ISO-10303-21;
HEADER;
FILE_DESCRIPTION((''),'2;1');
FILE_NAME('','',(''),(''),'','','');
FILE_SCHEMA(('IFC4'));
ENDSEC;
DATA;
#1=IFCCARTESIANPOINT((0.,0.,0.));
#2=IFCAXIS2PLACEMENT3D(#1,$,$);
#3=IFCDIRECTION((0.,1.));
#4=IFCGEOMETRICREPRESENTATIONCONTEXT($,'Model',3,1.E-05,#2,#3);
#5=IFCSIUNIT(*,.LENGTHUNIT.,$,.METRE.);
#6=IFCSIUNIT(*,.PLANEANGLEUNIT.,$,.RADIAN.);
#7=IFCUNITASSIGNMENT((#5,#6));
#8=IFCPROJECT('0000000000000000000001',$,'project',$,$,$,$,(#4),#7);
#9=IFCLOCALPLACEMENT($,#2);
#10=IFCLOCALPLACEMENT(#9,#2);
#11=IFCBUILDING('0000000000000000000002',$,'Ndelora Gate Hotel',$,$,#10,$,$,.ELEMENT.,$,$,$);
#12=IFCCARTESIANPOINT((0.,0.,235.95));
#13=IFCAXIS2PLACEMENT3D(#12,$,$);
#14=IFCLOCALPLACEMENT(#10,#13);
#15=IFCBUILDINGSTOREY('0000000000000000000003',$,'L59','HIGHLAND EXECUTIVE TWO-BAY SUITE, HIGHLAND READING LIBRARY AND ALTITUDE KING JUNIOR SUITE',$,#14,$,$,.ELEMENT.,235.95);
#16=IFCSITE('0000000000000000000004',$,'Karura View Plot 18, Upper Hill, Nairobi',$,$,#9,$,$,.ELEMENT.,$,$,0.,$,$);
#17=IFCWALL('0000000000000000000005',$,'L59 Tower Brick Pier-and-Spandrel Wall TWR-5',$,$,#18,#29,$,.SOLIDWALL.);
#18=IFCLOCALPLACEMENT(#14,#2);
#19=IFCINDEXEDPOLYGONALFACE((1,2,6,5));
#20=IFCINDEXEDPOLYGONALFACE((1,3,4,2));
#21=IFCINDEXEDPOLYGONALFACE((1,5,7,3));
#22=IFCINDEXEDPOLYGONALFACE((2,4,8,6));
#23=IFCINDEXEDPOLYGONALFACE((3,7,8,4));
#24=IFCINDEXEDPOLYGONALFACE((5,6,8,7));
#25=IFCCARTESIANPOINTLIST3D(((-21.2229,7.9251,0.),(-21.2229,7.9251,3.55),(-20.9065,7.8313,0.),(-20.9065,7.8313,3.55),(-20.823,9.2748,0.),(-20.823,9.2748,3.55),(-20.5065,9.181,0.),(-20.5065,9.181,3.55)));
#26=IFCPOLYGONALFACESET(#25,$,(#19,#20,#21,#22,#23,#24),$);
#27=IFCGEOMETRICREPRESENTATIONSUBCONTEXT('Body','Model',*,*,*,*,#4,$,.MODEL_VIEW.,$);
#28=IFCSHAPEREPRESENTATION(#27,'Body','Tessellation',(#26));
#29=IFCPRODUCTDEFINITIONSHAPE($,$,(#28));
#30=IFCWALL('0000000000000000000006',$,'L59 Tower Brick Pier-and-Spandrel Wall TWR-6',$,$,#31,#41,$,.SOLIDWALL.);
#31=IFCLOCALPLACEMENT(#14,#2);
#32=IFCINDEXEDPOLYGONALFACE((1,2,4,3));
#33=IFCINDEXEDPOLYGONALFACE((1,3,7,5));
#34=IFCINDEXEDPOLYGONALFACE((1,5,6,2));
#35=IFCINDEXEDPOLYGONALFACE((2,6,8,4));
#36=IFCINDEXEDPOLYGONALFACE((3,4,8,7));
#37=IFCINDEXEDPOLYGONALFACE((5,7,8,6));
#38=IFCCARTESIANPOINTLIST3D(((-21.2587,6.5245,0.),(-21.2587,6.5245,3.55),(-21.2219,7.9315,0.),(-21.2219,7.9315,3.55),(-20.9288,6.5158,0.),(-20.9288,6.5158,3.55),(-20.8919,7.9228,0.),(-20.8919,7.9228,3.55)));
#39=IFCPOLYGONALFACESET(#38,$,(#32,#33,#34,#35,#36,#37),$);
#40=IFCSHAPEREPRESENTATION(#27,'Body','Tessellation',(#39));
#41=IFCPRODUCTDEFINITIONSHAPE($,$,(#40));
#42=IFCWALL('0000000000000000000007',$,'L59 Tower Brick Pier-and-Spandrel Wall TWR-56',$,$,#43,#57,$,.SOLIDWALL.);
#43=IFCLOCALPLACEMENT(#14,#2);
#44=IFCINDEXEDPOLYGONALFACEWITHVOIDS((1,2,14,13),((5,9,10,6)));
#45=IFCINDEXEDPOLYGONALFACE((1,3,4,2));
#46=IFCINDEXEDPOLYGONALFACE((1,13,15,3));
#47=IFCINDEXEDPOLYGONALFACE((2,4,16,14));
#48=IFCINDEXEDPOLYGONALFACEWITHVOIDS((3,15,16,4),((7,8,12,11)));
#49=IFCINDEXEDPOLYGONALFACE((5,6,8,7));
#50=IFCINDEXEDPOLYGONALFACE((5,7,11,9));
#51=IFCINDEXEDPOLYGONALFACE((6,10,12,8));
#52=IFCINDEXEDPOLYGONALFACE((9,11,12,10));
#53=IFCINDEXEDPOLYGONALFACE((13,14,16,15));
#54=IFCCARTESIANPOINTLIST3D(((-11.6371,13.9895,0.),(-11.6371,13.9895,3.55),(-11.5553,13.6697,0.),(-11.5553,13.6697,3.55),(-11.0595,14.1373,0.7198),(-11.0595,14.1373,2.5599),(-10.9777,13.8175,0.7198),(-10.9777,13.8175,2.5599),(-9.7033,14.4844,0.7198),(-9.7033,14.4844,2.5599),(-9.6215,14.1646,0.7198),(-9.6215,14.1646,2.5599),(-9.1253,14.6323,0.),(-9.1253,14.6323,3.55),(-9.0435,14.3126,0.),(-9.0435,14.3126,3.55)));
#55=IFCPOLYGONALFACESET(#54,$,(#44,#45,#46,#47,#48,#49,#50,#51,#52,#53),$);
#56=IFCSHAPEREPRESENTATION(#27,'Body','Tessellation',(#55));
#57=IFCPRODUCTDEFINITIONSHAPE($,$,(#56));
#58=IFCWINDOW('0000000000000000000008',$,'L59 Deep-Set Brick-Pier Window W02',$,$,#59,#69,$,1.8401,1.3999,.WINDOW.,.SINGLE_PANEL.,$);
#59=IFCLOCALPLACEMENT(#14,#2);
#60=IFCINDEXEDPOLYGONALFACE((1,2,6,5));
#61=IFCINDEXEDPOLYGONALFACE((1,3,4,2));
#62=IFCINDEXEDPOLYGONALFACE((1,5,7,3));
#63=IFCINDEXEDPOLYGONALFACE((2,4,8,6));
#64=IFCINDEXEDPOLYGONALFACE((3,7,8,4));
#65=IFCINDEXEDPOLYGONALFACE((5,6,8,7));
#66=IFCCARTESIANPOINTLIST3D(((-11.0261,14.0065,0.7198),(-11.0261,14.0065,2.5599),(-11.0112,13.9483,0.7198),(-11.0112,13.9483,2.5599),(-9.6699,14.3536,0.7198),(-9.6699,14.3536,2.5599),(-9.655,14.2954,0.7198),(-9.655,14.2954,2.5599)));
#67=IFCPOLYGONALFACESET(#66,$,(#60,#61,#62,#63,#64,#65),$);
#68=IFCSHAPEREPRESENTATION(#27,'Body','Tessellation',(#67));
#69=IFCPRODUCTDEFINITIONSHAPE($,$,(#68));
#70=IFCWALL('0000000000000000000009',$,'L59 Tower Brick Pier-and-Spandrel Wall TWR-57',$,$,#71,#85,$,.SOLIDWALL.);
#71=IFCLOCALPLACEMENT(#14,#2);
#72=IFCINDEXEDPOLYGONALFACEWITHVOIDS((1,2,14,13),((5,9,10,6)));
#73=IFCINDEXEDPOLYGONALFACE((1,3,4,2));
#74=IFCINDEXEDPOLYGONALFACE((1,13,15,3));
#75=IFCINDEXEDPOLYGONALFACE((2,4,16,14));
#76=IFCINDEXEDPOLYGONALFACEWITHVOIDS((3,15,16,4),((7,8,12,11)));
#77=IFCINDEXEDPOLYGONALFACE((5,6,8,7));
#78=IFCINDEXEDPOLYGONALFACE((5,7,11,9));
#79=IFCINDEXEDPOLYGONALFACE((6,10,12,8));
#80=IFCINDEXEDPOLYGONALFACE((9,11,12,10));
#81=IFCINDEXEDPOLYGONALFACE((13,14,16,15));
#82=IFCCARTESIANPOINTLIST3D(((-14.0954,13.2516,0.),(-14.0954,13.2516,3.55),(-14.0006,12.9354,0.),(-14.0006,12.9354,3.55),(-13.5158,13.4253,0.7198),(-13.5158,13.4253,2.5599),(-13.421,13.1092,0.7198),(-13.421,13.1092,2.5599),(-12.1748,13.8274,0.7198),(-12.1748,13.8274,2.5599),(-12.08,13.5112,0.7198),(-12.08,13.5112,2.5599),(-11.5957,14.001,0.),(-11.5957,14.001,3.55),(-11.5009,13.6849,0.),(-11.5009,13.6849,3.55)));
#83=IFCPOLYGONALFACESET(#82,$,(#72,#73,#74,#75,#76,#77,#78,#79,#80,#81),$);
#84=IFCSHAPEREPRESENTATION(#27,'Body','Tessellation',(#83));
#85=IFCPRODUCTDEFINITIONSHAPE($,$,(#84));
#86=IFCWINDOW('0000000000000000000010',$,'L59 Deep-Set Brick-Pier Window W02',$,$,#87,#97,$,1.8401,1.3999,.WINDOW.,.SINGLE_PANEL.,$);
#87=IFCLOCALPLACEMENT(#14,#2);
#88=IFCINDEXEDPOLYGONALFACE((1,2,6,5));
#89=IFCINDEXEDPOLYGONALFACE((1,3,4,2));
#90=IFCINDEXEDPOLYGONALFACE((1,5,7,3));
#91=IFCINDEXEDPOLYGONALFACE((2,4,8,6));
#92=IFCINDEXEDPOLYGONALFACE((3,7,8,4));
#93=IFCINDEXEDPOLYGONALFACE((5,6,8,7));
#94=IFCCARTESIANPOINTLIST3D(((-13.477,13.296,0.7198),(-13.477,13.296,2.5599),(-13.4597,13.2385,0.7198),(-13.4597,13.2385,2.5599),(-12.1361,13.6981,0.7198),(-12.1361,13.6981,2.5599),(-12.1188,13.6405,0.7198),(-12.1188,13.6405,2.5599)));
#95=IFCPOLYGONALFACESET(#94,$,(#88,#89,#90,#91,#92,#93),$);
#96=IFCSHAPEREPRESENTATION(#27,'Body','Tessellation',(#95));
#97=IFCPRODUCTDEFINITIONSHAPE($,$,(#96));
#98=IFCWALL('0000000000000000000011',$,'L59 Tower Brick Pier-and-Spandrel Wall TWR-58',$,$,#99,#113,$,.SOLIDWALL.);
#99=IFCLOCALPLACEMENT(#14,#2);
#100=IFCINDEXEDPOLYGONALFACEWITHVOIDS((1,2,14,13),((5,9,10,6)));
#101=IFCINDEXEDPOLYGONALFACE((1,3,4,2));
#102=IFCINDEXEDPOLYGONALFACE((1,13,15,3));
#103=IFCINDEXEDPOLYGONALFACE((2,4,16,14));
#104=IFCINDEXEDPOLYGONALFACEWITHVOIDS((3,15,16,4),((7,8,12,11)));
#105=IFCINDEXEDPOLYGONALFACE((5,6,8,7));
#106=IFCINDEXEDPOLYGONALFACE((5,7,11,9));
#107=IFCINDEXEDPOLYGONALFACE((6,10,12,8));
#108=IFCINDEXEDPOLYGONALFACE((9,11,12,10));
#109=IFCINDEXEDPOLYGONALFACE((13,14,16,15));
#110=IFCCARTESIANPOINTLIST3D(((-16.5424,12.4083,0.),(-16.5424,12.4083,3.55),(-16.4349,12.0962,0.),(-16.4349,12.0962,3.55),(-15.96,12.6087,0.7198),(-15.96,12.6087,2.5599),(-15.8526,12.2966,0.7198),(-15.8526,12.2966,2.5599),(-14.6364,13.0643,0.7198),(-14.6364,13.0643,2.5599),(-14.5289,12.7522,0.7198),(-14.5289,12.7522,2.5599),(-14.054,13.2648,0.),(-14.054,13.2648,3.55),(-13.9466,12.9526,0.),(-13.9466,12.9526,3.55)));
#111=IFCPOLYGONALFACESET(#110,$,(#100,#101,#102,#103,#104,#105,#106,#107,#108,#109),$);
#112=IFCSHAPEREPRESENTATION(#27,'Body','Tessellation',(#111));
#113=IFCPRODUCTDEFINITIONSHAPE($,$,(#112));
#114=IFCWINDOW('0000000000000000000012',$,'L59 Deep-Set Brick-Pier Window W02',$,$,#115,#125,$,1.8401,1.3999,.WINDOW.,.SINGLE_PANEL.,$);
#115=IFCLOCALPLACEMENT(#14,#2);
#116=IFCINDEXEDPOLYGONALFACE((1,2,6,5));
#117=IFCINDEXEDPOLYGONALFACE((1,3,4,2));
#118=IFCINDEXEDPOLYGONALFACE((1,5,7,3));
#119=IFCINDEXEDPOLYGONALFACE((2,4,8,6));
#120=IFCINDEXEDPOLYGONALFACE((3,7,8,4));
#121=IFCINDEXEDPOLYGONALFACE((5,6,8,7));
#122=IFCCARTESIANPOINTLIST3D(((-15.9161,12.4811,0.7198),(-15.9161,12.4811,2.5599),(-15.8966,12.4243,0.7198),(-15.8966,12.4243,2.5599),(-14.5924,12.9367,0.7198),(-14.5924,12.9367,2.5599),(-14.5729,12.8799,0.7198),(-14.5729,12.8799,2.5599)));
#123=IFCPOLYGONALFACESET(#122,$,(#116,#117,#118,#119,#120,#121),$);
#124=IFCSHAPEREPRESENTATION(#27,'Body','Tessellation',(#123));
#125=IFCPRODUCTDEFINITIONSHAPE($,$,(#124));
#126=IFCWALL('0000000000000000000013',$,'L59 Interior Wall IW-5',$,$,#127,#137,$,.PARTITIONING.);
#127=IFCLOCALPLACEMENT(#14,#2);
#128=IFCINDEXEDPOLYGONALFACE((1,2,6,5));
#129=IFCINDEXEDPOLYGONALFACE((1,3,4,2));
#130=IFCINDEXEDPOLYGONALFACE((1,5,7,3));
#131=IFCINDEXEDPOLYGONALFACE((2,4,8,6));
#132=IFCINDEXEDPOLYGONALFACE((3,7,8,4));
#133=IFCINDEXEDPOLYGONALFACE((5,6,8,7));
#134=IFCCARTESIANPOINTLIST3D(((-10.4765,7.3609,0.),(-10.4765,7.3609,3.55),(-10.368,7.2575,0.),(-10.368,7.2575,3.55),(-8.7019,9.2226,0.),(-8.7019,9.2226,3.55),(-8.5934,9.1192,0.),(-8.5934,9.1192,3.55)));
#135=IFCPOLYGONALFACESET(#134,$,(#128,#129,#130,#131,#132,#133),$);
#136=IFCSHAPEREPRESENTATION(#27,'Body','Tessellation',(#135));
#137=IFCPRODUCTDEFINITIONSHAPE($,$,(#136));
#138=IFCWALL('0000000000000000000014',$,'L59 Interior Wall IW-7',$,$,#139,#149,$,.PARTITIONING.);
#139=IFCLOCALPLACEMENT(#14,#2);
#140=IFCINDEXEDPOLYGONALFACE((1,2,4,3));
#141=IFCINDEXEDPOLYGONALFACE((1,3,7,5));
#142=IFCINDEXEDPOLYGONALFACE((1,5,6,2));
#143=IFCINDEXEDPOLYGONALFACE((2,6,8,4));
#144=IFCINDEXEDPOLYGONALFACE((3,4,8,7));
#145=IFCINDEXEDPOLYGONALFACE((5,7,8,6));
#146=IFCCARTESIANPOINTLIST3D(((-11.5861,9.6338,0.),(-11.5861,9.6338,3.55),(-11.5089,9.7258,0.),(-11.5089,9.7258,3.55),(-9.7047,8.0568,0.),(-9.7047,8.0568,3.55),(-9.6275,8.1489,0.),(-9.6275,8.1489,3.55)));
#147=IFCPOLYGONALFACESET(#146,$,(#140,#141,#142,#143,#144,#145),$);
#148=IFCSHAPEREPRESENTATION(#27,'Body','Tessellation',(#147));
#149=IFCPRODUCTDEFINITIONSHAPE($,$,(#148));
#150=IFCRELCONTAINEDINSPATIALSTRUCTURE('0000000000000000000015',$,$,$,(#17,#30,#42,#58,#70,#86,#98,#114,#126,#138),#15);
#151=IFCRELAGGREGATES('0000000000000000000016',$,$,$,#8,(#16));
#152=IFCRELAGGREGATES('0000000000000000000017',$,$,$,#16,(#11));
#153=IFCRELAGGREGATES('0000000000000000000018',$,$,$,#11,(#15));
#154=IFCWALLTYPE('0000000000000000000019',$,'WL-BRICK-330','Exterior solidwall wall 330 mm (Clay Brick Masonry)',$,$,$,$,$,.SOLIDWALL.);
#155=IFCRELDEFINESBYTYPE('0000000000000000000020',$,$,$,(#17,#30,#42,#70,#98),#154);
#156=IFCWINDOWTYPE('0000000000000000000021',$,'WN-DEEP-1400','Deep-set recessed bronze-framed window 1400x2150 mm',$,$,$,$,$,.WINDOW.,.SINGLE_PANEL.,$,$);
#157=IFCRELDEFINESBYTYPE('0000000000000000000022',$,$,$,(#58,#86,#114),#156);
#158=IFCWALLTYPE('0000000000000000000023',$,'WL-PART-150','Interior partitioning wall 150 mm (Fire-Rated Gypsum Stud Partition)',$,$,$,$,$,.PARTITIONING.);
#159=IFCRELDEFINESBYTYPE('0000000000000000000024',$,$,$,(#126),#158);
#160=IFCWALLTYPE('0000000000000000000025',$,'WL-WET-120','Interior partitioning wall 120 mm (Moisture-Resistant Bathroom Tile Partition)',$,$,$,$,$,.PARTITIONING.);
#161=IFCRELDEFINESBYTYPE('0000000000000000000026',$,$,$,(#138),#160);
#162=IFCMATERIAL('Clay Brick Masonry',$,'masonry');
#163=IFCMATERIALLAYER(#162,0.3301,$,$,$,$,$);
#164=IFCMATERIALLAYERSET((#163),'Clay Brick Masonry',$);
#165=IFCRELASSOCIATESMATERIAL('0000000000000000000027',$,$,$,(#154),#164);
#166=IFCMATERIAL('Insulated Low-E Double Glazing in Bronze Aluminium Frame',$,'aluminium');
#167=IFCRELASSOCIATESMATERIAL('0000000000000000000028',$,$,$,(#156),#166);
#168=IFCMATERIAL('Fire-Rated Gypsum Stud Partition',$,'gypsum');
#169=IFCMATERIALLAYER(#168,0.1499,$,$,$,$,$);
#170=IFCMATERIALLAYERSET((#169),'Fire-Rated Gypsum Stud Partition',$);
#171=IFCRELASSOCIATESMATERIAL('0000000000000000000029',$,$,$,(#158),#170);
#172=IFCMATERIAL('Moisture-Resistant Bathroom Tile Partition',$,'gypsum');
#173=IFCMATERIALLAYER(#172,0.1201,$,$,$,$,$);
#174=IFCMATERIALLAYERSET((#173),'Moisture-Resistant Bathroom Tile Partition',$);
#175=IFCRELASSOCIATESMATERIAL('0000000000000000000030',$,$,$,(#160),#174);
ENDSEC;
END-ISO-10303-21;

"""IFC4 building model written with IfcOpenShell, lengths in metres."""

from ifc_helpers import new_model, si_unit, direction, frame, frame_2d, origin, place, context, subcontext, project, spatial, rectangle, extrude, material, layer, layer_set, type_object, element, fill, save


model = new_model("IFC4")

# Units and contexts
model_context = context("Model", 3, precision=1e-05, world=origin(), true_north=direction((0.0, 1.0)))
body_context = subcontext(model_context, "Body", "Model", "MODEL_VIEW")
ifc_project = project(units=[si_unit("LENGTHUNIT", "METRE"), si_unit("PLANEANGLEUNIT", "RADIAN")], contexts=[model_context])

# Site, building, storey
site_placement = place(None, origin())
site = spatial("IfcSite", under=ifc_project, at=site_placement, Name="Karura View Plot 18, Upper Hill, Nairobi", CompositionType="ELEMENT", RefElevation=0.0)
building_placement = place(site_placement, origin())
building = spatial("IfcBuilding", under=site, at=building_placement, Name="Ndelora Gate Hotel", CompositionType="ELEMENT")
storey_placement = place(building_placement, frame((0.0, 0.0, 235.95)))
storey = spatial("IfcBuildingStorey", under=building, at=storey_placement, Name="L59", Description="HIGHLAND EXECUTIVE TWO-BAY SUITE, HIGHLAND READING LIBRARY AND ALTITUDE KING JUNIOR SUITE", CompositionType="ELEMENT", Elevation=235.95)

# Walls
ifc_material_1 = material(Name="Clay Brick Masonry", Category="masonry")
ifc_layer_1 = layer(ifc_material_1, 0.3301)
ifc_layer_set_1 = layer_set([ifc_layer_1], Name="Clay Brick Masonry")
wall_type_1 = type_object("IfcWallType", Name="WL-BRICK-330", Description="Exterior solidwall wall 330 mm (Clay Brick Masonry)", PredefinedType="SOLIDWALL", material=ifc_layer_set_1)
wall_1_placement = place(storey_placement, frame((-21.0647, 7.8782, 0.0), z_axis=(0.0, 0.0, 1.0), x_axis=(0.2841, 0.958795, 0.0)))
element("IfcWall", 1, at=wall_1_placement, inside=storey, type_object=wall_type_1, Name="L59 Tower Brick Pier-and-Spandrel Wall TWR-5", PredefinedType="SOLIDWALL", context=body_context, shape_type="SweptSolid", body=[
    extrude(rectangle(XDim=1.4077, YDim=0.3301, at=frame_2d((0.7039, 0.0))), origin(), (0.0, 0.0, 1.0), 3.55),
])
wall_2_placement = place(storey_placement, frame((-21.0938, 6.5203, 0.0), z_axis=(0.0, 0.0, 1.0), x_axis=(0.026193, 0.999657, 0.0)))
element("IfcWall", 2, at=wall_2_placement, inside=storey, type_object=wall_type_1, Name="L59 Tower Brick Pier-and-Spandrel Wall TWR-6", PredefinedType="SOLIDWALL", context=body_context, shape_type="SweptSolid", body=[
    extrude(rectangle(XDim=1.4075, YDim=0.3301, at=frame_2d((0.7036, 0.0))), origin(), (0.0, 0.0, 1.0), 3.55),
])

# Walls, openings, windows
wall_3_placement = place(storey_placement, frame((-11.5962, 13.8296, 0.0), z_axis=(0.0, 0.0, 1.0), x_axis=(0.968776, 0.247938, 0.0)))
wall_3 = element("IfcWall", 3, at=wall_3_placement, inside=storey, type_object=wall_type_1, Name="L59 Tower Brick Pier-and-Spandrel Wall TWR-56", PredefinedType="SOLIDWALL", context=body_context, shape_type="SweptSolid", body=[
    extrude(rectangle(XDim=2.5928, YDim=0.3301, at=frame_2d((1.2964, 0.0))), origin(), (0.0, 0.0, 1.0), 3.55),
])
opening_1_placement = place(wall_3_placement, frame((0.5962, 0.0, 0.72)))
opening_1 = element("IfcOpeningElement", 4, at=opening_1_placement, cuts=wall_3, PredefinedType="OPENING", context=body_context, shape_type="SweptSolid", body=[
    extrude(rectangle(XDim=1.3999, YDim=1.8401, at=frame_2d((0.7, 0.9199))), frame((0.0, 0.175, 0.0), z_axis=(0.0, -1.0, 0.0), x_axis=(1.0, 0.0, 0.0)), (0.0, 0.0, 1.0), 0.3501),
])
ifc_material_2 = material(Name="Insulated Low-E Double Glazing in Bronze Aluminium Frame", Category="aluminium")
window_type = type_object("IfcWindowType", Name="WN-DEEP-1400", Description="Deep-set recessed bronze-framed window 1400x2150 mm", PartitioningType="SINGLE_PANEL", PredefinedType="WINDOW", material=ifc_material_2)
window_1_placement = place(opening_1_placement, origin())
window_1 = element("IfcWindow", 5, at=window_1_placement, inside=storey, type_object=window_type, Name="L59 Deep-Set Brick-Pier Window W02", OverallHeight=1.8401, OverallWidth=1.3999, PartitioningType="SINGLE_PANEL", PredefinedType="WINDOW", context=body_context, shape_type="SweptSolid", body=[
    extrude(rectangle(XDim=1.3999, YDim=1.8401, at=frame_2d((0.7, 0.9199))), frame((0.0, 0.03, 0.0), z_axis=(0.0, -1.0, 0.0), x_axis=(1.0, 0.0, 0.0)), (0.0, 0.0, 1.0), 0.0601),
])
fill(opening_1, window_1)
wall_4_placement = place(storey_placement, frame((-14.0479, 13.0935, 0.0), z_axis=(0.0, 0.0, 1.0), x_axis=(0.95787, 0.287202, 0.0)))
wall_4 = element("IfcWall", 6, at=wall_4_placement, inside=storey, type_object=wall_type_1, Name="L59 Tower Brick Pier-and-Spandrel Wall TWR-57", PredefinedType="SOLIDWALL", context=body_context, shape_type="SweptSolid", body=[
    extrude(rectangle(XDim=2.6096, YDim=0.3301, at=frame_2d((1.3047, 0.0))), origin(), (0.0, 0.0, 1.0), 3.55),
])
opening_2_placement = place(wall_4_placement, frame((0.605, 0.0, 0.72)))
opening_2 = element("IfcOpeningElement", 7, at=opening_2_placement, cuts=wall_4, PredefinedType="OPENING", context=body_context, shape_type="SweptSolid", body=[
    extrude(rectangle(XDim=1.3999, YDim=1.8401, at=frame_2d((0.7, 0.9199))), frame((0.0, 0.175, 0.0), z_axis=(0.0, -1.0, 0.0), x_axis=(1.0, 0.0, 0.0)), (0.0, 0.0, 1.0), 0.3501),
])
window_2_placement = place(opening_2_placement, origin())
window_2 = element("IfcWindow", 8, at=window_2_placement, inside=storey, type_object=window_type, Name="L59 Deep-Set Brick-Pier Window W02", OverallHeight=1.8401, OverallWidth=1.3999, PartitioningType="SINGLE_PANEL", PredefinedType="WINDOW", context=body_context, shape_type="SweptSolid", body=[
    extrude(rectangle(XDim=1.3999, YDim=1.8401, at=frame_2d((0.7, 0.9199))), frame((0.0, 0.03, 0.0), z_axis=(0.0, -1.0, 0.0), x_axis=(1.0, 0.0, 0.0)), (0.0, 0.0, 1.0), 0.0601),
])
fill(opening_2, window_2)
wall_5_placement = place(storey_placement, frame((-16.4888, 12.2522, 0.0), z_axis=(0.0, 0.0, 1.0), x_axis=(0.945558, 0.325453, 0.0)))
wall_5 = element("IfcWall", 9, at=wall_5_placement, inside=storey, type_object=wall_type_1, Name="L59 Tower Brick Pier-and-Spandrel Wall TWR-58", PredefinedType="SOLIDWALL", context=body_context, shape_type="SweptSolid", body=[
    extrude(rectangle(XDim=2.6316, YDim=0.3301, at=frame_2d((1.3159, 0.0))), origin(), (0.0, 0.0, 1.0), 3.55),
])
opening_3_placement = place(wall_5_placement, frame((0.616, 0.0, 0.72)))
opening_3 = element("IfcOpeningElement", 10, at=opening_3_placement, cuts=wall_5, PredefinedType="OPENING", context=body_context, shape_type="SweptSolid", body=[
    extrude(rectangle(XDim=1.3999, YDim=1.8401, at=frame_2d((0.7, 0.9199))), frame((0.0, 0.175, 0.0), z_axis=(0.0, -1.0, 0.0), x_axis=(1.0, 0.0, 0.0)), (0.0, 0.0, 1.0), 0.3501),
])
window_3_placement = place(opening_3_placement, origin())
window_3 = element("IfcWindow", 11, at=window_3_placement, inside=storey, type_object=window_type, Name="L59 Deep-Set Brick-Pier Window W02", OverallHeight=1.8401, OverallWidth=1.3999, PartitioningType="SINGLE_PANEL", PredefinedType="WINDOW", context=body_context, shape_type="SweptSolid", body=[
    extrude(rectangle(XDim=1.3999, YDim=1.8401, at=frame_2d((0.7, 0.9199))), frame((0.0, 0.03, 0.0), z_axis=(0.0, -1.0, 0.0), x_axis=(1.0, 0.0, 0.0)), (0.0, 0.0, 1.0), 0.0601),
])
fill(opening_3, window_3)

# Walls
ifc_material_3 = material(Name="Fire-Rated Gypsum Stud Partition", Category="gypsum")
ifc_layer_2 = layer(ifc_material_3, 0.1499)
ifc_layer_set_2 = layer_set([ifc_layer_2], Name="Fire-Rated Gypsum Stud Partition")
wall_type_2 = type_object("IfcWallType", Name="WL-PART-150", Description="Interior partitioning wall 150 mm (Fire-Rated Gypsum Stud Partition)", PredefinedType="PARTITIONING", material=ifc_layer_set_2)
wall_6_placement = place(storey_placement, frame((-10.4224, 7.3091, 0.0), z_axis=(0.0, 0.0, 1.0), x_axis=(0.689961, 0.723847, 0.0)))
element("IfcWall", 12, at=wall_6_placement, inside=storey, type_object=wall_type_2, Name="L59 Interior Wall IW-5", PredefinedType="PARTITIONING", context=body_context, shape_type="SweptSolid", body=[
    extrude(rectangle(XDim=2.572, YDim=0.1499, at=frame_2d((1.2861, 0.0))), origin(), (0.0, 0.0, 1.0), 3.55),
])
ifc_material_4 = material(Name="Moisture-Resistant Bathroom Tile Partition", Category="gypsum")
ifc_layer_3 = layer(ifc_material_4, 0.1201)
ifc_layer_set_3 = layer_set([ifc_layer_3], Name="Moisture-Resistant Bathroom Tile Partition")
wall_type_3 = type_object("IfcWallType", Name="WL-WET-120", Description="Interior partitioning wall 120 mm (Moisture-Resistant Bathroom Tile Partition)", PredefinedType="PARTITIONING", material=ifc_layer_set_3)
wall_7_placement = place(storey_placement, frame((-9.666, 8.1028, 0.0), z_axis=(0.0, 0.0, 1.0), x_axis=(-0.766392, 0.642373, 0.0)))
element("IfcWall", 13, at=wall_7_placement, inside=storey, type_object=wall_type_3, Name="L59 Interior Wall IW-7", PredefinedType="PARTITIONING", context=body_context, shape_type="SweptSolid", body=[
    extrude(rectangle(XDim=2.4548, YDim=0.1201, at=frame_2d((1.2275, 0.0))), origin(), (0.0, 0.0, 1.0), 3.55),
])

save(model, "model.ifc")
